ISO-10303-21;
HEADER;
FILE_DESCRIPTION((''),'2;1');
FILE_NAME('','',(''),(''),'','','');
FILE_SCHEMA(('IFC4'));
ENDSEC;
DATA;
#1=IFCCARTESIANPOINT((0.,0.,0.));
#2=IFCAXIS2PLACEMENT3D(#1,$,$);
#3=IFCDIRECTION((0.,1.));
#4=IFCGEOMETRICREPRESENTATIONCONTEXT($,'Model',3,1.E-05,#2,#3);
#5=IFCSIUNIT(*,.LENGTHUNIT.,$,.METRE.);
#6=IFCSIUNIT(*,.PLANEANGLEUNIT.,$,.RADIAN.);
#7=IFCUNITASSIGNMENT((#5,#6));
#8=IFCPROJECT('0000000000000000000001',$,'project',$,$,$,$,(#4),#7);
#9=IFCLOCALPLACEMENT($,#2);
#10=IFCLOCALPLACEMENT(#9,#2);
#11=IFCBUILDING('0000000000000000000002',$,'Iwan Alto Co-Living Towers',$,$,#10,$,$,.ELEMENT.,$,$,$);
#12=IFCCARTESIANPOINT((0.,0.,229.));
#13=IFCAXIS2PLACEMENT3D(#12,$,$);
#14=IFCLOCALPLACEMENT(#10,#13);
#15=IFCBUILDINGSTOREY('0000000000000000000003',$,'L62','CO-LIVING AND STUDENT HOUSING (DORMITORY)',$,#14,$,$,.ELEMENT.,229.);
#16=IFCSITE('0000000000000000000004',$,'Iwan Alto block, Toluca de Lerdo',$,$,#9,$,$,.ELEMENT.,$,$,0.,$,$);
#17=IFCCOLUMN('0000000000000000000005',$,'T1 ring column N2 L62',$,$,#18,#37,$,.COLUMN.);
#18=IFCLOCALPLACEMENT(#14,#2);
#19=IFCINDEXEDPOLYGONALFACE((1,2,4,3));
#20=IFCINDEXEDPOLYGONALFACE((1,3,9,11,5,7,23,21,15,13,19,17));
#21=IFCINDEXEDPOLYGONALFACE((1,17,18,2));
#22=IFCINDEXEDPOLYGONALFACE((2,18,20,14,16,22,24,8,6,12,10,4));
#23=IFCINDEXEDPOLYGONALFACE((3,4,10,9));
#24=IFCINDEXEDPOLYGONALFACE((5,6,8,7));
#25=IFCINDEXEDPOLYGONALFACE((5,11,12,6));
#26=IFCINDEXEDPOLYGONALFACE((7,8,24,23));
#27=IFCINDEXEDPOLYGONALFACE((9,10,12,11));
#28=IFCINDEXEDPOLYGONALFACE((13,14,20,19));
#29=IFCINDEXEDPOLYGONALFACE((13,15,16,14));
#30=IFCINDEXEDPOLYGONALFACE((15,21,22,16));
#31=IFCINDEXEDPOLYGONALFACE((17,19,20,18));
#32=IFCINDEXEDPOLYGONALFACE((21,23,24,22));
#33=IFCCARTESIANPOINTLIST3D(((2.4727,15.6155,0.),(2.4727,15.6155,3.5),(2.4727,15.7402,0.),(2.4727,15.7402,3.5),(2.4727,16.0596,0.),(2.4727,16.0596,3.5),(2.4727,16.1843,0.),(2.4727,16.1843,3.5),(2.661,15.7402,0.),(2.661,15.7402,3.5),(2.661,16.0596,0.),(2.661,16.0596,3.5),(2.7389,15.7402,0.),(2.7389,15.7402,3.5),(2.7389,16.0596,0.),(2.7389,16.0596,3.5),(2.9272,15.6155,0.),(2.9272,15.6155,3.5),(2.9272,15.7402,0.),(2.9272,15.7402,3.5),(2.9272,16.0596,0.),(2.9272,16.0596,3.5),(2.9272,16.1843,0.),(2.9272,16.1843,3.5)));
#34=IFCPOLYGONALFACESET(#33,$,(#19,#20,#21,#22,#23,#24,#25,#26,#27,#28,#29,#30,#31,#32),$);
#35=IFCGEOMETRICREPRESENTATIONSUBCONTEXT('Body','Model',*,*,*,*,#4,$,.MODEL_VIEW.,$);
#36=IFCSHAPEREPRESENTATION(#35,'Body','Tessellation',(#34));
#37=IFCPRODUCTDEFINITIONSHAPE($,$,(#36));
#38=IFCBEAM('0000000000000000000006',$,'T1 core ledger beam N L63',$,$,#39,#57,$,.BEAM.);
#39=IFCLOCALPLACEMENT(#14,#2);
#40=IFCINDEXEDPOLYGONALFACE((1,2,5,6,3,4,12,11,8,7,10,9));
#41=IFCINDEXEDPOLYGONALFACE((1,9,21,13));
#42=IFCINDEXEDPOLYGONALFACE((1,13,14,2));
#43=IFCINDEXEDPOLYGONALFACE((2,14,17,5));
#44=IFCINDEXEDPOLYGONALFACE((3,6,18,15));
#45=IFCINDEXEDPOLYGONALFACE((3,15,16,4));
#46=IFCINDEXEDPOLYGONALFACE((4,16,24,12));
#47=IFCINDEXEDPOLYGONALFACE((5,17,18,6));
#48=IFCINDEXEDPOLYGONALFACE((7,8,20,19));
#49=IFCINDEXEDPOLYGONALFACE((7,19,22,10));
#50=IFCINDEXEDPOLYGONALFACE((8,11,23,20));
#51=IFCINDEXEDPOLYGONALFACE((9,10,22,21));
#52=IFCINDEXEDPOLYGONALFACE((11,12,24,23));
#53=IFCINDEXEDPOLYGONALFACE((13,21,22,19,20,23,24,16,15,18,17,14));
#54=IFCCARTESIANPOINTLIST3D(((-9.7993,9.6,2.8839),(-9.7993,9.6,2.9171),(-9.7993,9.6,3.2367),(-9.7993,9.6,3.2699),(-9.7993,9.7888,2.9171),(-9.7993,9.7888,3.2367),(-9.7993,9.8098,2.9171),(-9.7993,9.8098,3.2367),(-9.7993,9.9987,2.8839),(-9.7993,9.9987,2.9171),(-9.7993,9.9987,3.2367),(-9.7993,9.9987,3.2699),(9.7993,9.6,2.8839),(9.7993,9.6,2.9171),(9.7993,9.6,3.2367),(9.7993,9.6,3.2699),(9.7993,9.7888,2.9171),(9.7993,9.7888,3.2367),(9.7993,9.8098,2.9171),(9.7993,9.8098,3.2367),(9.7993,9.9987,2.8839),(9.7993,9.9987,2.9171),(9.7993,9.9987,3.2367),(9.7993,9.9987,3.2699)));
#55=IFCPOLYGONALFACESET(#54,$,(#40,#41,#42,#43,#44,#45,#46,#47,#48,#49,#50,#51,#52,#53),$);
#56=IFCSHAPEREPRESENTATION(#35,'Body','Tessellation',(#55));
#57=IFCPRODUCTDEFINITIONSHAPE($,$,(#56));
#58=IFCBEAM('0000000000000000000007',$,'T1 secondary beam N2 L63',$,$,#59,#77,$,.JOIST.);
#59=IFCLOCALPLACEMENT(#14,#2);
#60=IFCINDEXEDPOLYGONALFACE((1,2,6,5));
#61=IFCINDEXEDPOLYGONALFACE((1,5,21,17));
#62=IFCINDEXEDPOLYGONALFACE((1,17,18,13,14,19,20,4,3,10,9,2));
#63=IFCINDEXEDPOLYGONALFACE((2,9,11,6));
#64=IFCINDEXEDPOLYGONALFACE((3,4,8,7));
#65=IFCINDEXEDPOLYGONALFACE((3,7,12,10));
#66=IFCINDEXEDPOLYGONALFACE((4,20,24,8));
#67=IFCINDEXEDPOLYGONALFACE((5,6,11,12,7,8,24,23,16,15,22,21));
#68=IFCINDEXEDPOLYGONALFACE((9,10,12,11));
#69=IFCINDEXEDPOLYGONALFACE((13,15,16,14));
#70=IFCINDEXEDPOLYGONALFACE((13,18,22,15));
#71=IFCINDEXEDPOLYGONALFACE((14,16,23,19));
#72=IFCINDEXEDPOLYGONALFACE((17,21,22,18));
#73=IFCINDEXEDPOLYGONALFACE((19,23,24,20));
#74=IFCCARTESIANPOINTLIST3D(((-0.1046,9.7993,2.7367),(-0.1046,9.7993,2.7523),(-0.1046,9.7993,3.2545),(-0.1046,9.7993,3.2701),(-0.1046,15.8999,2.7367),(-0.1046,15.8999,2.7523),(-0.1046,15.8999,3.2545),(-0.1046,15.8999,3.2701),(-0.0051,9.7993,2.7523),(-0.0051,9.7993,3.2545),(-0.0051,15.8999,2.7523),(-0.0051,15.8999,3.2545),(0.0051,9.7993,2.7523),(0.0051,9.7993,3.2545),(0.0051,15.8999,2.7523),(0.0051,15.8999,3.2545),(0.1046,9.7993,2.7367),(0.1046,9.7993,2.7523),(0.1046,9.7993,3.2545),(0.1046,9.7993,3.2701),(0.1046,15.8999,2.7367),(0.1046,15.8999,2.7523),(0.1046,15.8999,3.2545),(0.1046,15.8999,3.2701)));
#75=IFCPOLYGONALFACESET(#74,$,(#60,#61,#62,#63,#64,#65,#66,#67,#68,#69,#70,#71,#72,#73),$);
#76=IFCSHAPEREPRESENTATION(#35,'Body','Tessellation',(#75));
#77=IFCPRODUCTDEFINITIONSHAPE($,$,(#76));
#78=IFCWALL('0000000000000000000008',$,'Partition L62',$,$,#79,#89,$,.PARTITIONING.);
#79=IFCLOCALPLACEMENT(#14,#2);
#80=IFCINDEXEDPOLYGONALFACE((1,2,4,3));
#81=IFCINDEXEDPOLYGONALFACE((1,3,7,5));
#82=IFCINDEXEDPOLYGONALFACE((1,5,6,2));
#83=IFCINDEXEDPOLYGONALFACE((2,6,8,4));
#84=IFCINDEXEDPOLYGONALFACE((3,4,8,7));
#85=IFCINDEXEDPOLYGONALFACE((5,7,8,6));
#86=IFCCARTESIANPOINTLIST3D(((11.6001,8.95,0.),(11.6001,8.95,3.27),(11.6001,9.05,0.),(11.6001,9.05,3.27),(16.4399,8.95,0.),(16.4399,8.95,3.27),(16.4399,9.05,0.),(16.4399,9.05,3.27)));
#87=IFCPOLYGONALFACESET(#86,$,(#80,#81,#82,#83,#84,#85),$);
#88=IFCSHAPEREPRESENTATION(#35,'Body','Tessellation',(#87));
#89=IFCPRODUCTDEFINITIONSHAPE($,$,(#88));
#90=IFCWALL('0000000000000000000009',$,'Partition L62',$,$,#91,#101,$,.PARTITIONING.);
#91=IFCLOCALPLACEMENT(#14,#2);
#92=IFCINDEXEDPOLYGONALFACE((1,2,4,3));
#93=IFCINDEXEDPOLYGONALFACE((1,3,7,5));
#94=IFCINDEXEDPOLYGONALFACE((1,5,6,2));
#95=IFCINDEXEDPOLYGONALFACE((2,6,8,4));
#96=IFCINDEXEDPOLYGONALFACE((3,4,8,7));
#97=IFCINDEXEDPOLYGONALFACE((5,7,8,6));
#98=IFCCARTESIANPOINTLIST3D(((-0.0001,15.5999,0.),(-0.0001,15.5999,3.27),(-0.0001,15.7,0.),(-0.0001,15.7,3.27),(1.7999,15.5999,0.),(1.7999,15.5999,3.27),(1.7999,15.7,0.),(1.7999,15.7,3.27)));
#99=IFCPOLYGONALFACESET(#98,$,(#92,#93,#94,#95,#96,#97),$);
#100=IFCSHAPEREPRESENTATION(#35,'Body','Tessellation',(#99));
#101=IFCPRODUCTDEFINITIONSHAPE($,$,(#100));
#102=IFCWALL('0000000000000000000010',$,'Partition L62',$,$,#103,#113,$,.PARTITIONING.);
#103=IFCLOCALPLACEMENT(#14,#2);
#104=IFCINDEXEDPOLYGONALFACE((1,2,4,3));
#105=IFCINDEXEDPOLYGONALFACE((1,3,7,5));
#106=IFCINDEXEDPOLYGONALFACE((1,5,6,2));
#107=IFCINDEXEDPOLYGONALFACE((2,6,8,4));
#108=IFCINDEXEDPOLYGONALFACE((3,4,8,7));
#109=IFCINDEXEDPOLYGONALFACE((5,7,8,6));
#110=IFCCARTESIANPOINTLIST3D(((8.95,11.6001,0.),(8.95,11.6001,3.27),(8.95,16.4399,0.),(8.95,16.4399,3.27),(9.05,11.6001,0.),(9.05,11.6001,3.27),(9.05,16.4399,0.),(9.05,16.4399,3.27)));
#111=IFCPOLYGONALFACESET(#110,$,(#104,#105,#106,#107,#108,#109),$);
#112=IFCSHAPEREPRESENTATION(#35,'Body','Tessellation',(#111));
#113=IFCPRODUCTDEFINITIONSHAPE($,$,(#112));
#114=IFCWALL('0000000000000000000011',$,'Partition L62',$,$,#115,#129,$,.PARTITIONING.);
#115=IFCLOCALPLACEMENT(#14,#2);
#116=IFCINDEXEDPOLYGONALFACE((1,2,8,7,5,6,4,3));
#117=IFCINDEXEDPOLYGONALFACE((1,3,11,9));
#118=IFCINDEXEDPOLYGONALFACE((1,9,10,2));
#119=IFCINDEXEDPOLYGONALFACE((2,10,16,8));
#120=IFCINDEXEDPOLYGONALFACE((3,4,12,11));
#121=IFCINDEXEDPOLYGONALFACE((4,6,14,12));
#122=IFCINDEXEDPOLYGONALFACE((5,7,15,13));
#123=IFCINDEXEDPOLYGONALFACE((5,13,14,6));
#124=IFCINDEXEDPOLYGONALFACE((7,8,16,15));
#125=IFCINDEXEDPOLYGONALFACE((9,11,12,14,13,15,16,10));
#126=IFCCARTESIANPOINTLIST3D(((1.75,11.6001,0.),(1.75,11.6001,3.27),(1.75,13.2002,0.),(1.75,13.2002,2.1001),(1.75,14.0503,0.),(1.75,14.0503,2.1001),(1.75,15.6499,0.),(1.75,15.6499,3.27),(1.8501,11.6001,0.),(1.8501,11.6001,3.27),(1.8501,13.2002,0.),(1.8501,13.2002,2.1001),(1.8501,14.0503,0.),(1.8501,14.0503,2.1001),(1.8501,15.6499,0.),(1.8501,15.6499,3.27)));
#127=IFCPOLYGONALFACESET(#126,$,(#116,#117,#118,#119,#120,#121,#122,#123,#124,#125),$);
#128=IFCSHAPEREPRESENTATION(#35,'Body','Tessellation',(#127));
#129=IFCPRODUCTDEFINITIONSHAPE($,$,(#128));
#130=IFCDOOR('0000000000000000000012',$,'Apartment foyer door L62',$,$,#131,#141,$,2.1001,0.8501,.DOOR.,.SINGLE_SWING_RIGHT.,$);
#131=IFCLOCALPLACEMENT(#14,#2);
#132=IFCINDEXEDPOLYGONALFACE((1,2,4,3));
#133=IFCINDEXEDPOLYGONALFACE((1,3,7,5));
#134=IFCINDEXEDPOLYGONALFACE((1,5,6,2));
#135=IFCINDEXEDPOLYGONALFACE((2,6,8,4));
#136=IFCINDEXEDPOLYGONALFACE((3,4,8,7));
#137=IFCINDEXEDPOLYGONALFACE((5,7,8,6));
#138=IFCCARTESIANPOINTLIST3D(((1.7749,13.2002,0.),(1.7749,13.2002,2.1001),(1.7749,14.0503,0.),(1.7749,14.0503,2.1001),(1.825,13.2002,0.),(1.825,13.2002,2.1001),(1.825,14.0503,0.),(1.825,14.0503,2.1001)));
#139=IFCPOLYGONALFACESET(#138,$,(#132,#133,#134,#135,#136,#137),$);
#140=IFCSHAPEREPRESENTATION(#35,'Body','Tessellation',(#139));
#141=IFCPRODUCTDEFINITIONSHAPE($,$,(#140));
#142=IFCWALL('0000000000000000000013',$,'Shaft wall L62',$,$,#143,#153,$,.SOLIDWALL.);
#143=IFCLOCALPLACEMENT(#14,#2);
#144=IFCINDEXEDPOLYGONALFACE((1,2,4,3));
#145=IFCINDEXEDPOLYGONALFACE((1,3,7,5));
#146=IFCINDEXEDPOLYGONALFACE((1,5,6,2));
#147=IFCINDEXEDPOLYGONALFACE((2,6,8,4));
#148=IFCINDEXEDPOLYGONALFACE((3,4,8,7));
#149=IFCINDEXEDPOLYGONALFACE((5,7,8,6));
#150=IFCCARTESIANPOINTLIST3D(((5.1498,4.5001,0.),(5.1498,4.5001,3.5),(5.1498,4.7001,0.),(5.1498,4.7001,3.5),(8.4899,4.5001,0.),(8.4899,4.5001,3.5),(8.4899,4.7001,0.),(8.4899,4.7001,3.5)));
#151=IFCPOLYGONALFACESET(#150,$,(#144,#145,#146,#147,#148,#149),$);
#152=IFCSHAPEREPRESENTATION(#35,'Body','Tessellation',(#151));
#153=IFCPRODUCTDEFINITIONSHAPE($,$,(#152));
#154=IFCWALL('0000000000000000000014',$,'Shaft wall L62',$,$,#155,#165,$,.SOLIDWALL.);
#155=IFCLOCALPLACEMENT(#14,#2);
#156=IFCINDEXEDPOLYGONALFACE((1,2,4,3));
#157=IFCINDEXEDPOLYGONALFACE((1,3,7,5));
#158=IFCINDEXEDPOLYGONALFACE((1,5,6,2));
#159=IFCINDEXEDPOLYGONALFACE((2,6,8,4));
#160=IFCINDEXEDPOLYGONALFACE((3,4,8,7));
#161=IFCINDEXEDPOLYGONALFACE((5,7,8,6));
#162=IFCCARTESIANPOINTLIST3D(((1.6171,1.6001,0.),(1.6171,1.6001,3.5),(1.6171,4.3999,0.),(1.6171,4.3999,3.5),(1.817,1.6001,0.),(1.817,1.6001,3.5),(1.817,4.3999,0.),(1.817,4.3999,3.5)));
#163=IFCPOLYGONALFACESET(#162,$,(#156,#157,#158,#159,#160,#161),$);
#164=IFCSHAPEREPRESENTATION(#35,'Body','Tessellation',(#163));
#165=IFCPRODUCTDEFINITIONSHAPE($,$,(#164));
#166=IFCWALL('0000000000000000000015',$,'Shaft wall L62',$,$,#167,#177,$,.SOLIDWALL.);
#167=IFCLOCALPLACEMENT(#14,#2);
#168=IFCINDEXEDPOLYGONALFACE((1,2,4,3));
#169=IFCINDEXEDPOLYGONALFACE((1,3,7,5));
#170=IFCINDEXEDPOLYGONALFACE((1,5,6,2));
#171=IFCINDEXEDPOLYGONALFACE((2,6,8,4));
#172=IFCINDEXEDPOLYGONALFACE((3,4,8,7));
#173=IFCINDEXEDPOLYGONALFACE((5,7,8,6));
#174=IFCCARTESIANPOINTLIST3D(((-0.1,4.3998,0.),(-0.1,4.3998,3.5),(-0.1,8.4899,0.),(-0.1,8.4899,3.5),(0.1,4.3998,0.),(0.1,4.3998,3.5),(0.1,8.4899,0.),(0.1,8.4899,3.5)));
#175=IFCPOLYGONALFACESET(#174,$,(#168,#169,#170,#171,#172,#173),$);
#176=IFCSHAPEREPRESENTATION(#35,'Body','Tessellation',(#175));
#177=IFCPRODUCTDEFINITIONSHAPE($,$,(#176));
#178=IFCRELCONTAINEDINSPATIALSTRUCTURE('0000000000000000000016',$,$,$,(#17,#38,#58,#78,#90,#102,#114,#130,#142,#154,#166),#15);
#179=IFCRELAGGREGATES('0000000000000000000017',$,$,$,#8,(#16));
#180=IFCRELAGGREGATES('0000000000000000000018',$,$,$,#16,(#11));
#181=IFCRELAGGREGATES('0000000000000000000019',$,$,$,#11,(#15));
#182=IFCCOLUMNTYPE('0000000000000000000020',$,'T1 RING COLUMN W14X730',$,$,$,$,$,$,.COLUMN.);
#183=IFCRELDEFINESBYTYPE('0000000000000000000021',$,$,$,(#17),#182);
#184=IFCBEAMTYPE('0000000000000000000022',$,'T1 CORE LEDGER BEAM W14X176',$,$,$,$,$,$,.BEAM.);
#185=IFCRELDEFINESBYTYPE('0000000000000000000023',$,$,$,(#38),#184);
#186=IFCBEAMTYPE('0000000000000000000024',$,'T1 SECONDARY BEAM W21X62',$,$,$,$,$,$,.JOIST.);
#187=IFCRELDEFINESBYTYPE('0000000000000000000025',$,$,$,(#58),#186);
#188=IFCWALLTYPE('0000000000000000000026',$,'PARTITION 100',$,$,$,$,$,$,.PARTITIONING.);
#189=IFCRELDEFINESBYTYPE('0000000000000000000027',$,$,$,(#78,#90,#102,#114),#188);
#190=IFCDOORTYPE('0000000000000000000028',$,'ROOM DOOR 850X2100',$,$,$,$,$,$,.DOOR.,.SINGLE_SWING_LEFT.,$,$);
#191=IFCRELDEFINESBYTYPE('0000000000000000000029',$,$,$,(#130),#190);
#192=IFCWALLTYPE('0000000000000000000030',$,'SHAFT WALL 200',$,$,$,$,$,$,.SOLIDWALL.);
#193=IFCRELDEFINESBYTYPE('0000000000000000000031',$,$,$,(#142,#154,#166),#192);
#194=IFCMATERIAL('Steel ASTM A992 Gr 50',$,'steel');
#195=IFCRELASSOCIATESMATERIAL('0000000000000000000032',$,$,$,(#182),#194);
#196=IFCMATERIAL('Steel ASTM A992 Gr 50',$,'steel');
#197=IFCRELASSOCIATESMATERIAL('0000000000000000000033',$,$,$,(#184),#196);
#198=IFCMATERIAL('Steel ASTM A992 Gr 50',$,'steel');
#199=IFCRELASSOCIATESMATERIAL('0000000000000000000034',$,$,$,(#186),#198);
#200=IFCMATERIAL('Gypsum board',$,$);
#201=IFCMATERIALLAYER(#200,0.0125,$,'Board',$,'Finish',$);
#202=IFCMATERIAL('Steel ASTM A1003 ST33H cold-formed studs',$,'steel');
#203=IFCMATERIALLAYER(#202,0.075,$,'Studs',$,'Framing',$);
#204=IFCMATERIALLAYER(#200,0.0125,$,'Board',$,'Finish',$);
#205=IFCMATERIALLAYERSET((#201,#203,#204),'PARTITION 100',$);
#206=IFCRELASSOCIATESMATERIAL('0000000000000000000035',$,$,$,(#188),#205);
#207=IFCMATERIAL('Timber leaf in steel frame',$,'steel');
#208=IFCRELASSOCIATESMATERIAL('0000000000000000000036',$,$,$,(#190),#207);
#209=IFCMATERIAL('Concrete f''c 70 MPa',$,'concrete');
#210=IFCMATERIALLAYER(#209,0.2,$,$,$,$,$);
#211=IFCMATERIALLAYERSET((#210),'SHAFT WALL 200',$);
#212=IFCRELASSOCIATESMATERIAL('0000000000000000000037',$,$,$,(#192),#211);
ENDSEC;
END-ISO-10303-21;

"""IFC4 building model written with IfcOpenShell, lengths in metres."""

from ifc_helpers import new_model, si_unit, direction, frame, frame_2d, origin, origin_2d, place, context, subcontext, project, spatial, rectangle, i_section, extrude, material, layer, layer_set, material_profile, profile_set, type_object, element, fill, save


model = new_model("IFC4")

# Units and contexts
model_context = context("Model", 3, precision=1e-05, world=origin(), true_north=direction((0.0, 1.0)))
body_context = subcontext(model_context, "Body", "Model", "MODEL_VIEW")
ifc_project = project(units=[si_unit("LENGTHUNIT", "METRE"), si_unit("PLANEANGLEUNIT", "RADIAN")], contexts=[model_context])

# Site, building, storey
site_placement = place(None, origin())
site = spatial("IfcSite", under=ifc_project, at=site_placement, Name="Iwan Alto block, Toluca de Lerdo", CompositionType="ELEMENT", RefElevation=0.0)
building_placement = place(site_placement, origin())
building = spatial("IfcBuilding", under=site, at=building_placement, Name="Iwan Alto Co-Living Towers", CompositionType="ELEMENT")
storey_placement = place(building_placement, frame((0.0, 0.0, 229.0)))
storey = spatial("IfcBuildingStorey", under=building, at=storey_placement, Name="L62", Description="CO-LIVING AND STUDENT HOUSING (DORMITORY)", CompositionType="ELEMENT", Elevation=229.0)

# Column
ifc_material_1 = material(Name="Steel ASTM A992 Gr 50", Category="steel")
ifc_material_profile_1 = material_profile(ifc_material_1, i_section(OverallWidth=0.4546, OverallDepth=0.5688, WebThickness=0.0779, FlangeThickness=0.1248, at=origin_2d()), Name="W14X730")
ifc_profile_set_1 = profile_set([ifc_material_profile_1], Name="Steel ASTM A992 Gr 50")
column_type = type_object("IfcColumnType", Name="T1 RING COLUMN W14X730", PredefinedType="COLUMN", material=ifc_profile_set_1)
column_placement = place(storey_placement, frame((2.7, 15.8999, 0.0), z_axis=(0.0, 0.0, 1.0), x_axis=(1.0, 0.0, 0.0)))
element("IfcColumn", 1, at=column_placement, inside=storey, type_object=column_type, Name="T1 ring column N2 L62", PredefinedType="COLUMN", context=body_context, shape_type="SweptSolid", body=[
    extrude(i_section(OverallWidth=0.4546, OverallDepth=0.5688, WebThickness=0.0779, FlangeThickness=0.1248, at=origin_2d()), origin(), (0.0, 0.0, 1.0), 3.5),
])

# Beams
ifc_material_2 = material(Name="Steel ASTM A992 Gr 50", Category="steel")
ifc_material_profile_2 = material_profile(ifc_material_2, i_section(OverallWidth=0.3987, OverallDepth=0.386, WebThickness=0.021, FlangeThickness=0.0332, at=origin_2d()), Name="W14X176")
ifc_profile_set_2 = profile_set([ifc_material_profile_2], Name="Steel ASTM A992 Gr 50")
beam_type_1 = type_object("IfcBeamType", Name="T1 CORE LEDGER BEAM W14X176", PredefinedType="BEAM", material=ifc_profile_set_2)
beam_1_placement = place(storey_placement, frame((9.7993, 9.7993, 3.0769), z_axis=(-1.0, 0.0, 0.0), x_axis=(0.0, -1.0, 0.0)))
element("IfcBeam", 2, at=beam_1_placement, inside=storey, type_object=beam_type_1, Name="T1 core ledger beam N L63", PredefinedType="BEAM", context=body_context, shape_type="SweptSolid", body=[
    extrude(i_section(OverallWidth=0.3987, OverallDepth=0.386, WebThickness=0.021, FlangeThickness=0.0332, at=origin_2d()), origin(), (0.0, 0.0, 1.0), 19.5986),
])
ifc_material_3 = material(Name="Steel ASTM A992 Gr 50", Category="steel")
ifc_material_profile_3 = material_profile(ifc_material_3, i_section(OverallWidth=0.2092, OverallDepth=0.5334, WebThickness=0.0103, FlangeThickness=0.0156, at=origin_2d()), Name="W21X62")
ifc_profile_set_3 = profile_set([ifc_material_profile_3], Name="Steel ASTM A992 Gr 50")
beam_type_2 = type_object("IfcBeamType", Name="T1 SECONDARY BEAM W21X62", PredefinedType="JOIST", material=ifc_profile_set_3)
beam_2_placement = place(storey_placement, frame((0.0, 15.8999, 3.0034), z_axis=(0.0, -1.0, 0.0), x_axis=(1.0, 0.0, 0.0)))
element("IfcBeam", 3, at=beam_2_placement, inside=storey, type_object=beam_type_2, Name="T1 secondary beam N2 L63", PredefinedType="JOIST", context=body_context, shape_type="SweptSolid", body=[
    extrude(i_section(OverallWidth=0.2092, OverallDepth=0.5334, WebThickness=0.0103, FlangeThickness=0.0156, at=origin_2d()), origin(), (0.0, 0.0, 1.0), 6.1006),
])

# Walls
ifc_material_4 = material(Name="Gypsum board")
ifc_layer_1 = layer(ifc_material_4, 0.0125, Name="Board", Category="Finish")
ifc_material_5 = material(Name="Steel ASTM A1003 ST33H cold-formed studs", Category="steel")
ifc_layer_2 = layer(ifc_material_5, 0.075, Name="Studs", Category="Framing")
ifc_layer_3 = layer(ifc_material_4, 0.0125, Name="Board", Category="Finish")
ifc_layer_set_1 = layer_set([ifc_layer_1, ifc_layer_2, ifc_layer_3], Name="PARTITION 100")
wall_type_1 = type_object("IfcWallType", Name="PARTITION 100", PredefinedType="PARTITIONING", material=ifc_layer_set_1)
wall_1_placement = place(storey_placement, frame((11.6001, 9.0, 0.0), z_axis=(0.0, 0.0, 1.0), x_axis=(1.0, 0.0, 0.0)))
element("IfcWall", 4, at=wall_1_placement, inside=storey, type_object=wall_type_1, Name="Partition L62", PredefinedType="PARTITIONING", context=body_context, shape_type="SweptSolid", body=[
    extrude(rectangle(XDim=4.8398, YDim=0.1001, at=frame_2d((2.4199, 0.0))), origin(), (0.0, 0.0, 1.0), 3.27),
])
wall_2_placement = place(storey_placement, frame((0.0, 15.6499, 0.0), z_axis=(0.0, 0.0, 1.0), x_axis=(1.0, 0.0, 0.0)))
element("IfcWall", 5, at=wall_2_placement, inside=storey, type_object=wall_type_1, Name="Partition L62", PredefinedType="PARTITIONING", context=body_context, shape_type="SweptSolid", body=[
    extrude(rectangle(XDim=1.8, YDim=0.1001, at=frame_2d((0.8999, 0.0))), origin(), (0.0, 0.0, 1.0), 3.27),
])
wall_3_placement = place(storey_placement, frame((9.0, 11.6001, 0.0), z_axis=(0.0, 0.0, 1.0), x_axis=(0.0, 1.0, 0.0)))
element("IfcWall", 6, at=wall_3_placement, inside=storey, type_object=wall_type_1, Name="Partition L62", PredefinedType="PARTITIONING", context=body_context, shape_type="SweptSolid", body=[
    extrude(rectangle(XDim=4.8398, YDim=0.1001, at=frame_2d((2.4199, 0.0))), origin(), (0.0, 0.0, 1.0), 3.27),
])

# Wall, opening, door
wall_4_placement = place(storey_placement, frame((1.8, 11.6001, 0.0), z_axis=(0.0, 0.0, 1.0), x_axis=(0.0, 1.0, 0.0)))
wall_4 = element("IfcWall", 7, at=wall_4_placement, inside=storey, type_object=wall_type_1, Name="Partition L62", PredefinedType="PARTITIONING", context=body_context, shape_type="SweptSolid", body=[
    extrude(rectangle(XDim=4.0498, YDim=0.1001, at=frame_2d((2.0249, 0.0))), origin(), (0.0, 0.0, 1.0), 3.27),
])
opening_1_placement = place(wall_4_placement, frame((1.6001, 0.0, 0.0)))
opening_1 = element("IfcOpeningElement", 8, at=opening_1_placement, cuts=wall_4, PredefinedType="OPENING", context=body_context, shape_type="SweptSolid", body=[
    extrude(rectangle(XDim=0.8501, YDim=2.1001, at=frame_2d((0.425, 1.05))), frame((0.0, 0.0601, 0.0), z_axis=(0.0, -1.0, 0.0), x_axis=(1.0, 0.0, 0.0)), (0.0, 0.0, 1.0), 0.1201),
])
ifc_material_6 = material(Name="Timber leaf in steel frame", Category="steel")
door_type_1 = type_object("IfcDoorType", Name="ROOM DOOR 850X2100", OperationType="SINGLE_SWING_LEFT", PredefinedType="DOOR", material=ifc_material_6)
door_1_placement = place(opening_1_placement, frame((0.8501, 0.0, 0.0), z_axis=(0.0, 0.0, 1.0), x_axis=(-1.0, 0.0, 0.0)))
door_1 = element("IfcDoor", 9, at=door_1_placement, inside=storey, type_object=door_type_1, Name="Apartment foyer door L62", OperationType="SINGLE_SWING_RIGHT", OverallHeight=2.1001, OverallWidth=0.8501, PredefinedType="DOOR", context=body_context, shape_type="SweptSolid", body=[
    extrude(rectangle(XDim=0.8501, YDim=2.1001, at=frame_2d((0.425, 1.05))), frame((0.0, 0.0249, 0.0), z_axis=(0.0, -1.0, 0.0), x_axis=(1.0, 0.0, 0.0)), (0.0, 0.0, 1.0), 0.05),
])
fill(opening_1, door_1)

# Walls
ifc_material_7 = material(Name="Concrete f'c 70 MPa", Category="concrete")
ifc_layer_4 = layer(ifc_material_7, 0.2)
ifc_layer_set_2 = layer_set([ifc_layer_4], Name="SHAFT WALL 200")
wall_type_2 = type_object("IfcWallType", Name="SHAFT WALL 200", PredefinedType="SOLIDWALL", material=ifc_layer_set_2)
wall_5_placement = place(storey_placement, frame((5.1499, 4.6001, 0.0), z_axis=(0.0, 0.0, 1.0), x_axis=(1.0, 0.0, 0.0)))
element("IfcWall", 10, at=wall_5_placement, inside=storey, type_object=wall_type_2, Name="Shaft wall L62", PredefinedType="SOLIDWALL", context=body_context, shape_type="SweptSolid", body=[
    extrude(rectangle(XDim=3.3401, YDim=0.2, at=frame_2d((1.6699, 0.0))), origin(), (0.0, 0.0, 1.0), 3.5),
])
wall_6_placement = place(storey_placement, frame((1.717, 1.6001, 0.0), z_axis=(0.0, 0.0, 1.0), x_axis=(0.0, 1.0, 0.0)))
element("IfcWall", 11, at=wall_6_placement, inside=storey, type_object=wall_type_2, Name="Shaft wall L62", PredefinedType="SOLIDWALL", context=body_context, shape_type="SweptSolid", body=[
    extrude(rectangle(XDim=2.7998, YDim=0.2, at=frame_2d((1.3999, 0.0))), origin(), (0.0, 0.0, 1.0), 3.5),
])
wall_7_placement = place(storey_placement, frame((0.0, 4.3999, 0.0), z_axis=(0.0, 0.0, 1.0), x_axis=(0.0, 1.0, 0.0)))
element("IfcWall", 12, at=wall_7_placement, inside=storey, type_object=wall_type_2, Name="Shaft wall L62", PredefinedType="SOLIDWALL", context=body_context, shape_type="SweptSolid", body=[
    extrude(rectangle(XDim=4.0901, YDim=0.2, at=frame_2d((2.0449, 0.0))), origin(), (0.0, 0.0, 1.0), 3.5),
])

save(model, "model.ifc")
